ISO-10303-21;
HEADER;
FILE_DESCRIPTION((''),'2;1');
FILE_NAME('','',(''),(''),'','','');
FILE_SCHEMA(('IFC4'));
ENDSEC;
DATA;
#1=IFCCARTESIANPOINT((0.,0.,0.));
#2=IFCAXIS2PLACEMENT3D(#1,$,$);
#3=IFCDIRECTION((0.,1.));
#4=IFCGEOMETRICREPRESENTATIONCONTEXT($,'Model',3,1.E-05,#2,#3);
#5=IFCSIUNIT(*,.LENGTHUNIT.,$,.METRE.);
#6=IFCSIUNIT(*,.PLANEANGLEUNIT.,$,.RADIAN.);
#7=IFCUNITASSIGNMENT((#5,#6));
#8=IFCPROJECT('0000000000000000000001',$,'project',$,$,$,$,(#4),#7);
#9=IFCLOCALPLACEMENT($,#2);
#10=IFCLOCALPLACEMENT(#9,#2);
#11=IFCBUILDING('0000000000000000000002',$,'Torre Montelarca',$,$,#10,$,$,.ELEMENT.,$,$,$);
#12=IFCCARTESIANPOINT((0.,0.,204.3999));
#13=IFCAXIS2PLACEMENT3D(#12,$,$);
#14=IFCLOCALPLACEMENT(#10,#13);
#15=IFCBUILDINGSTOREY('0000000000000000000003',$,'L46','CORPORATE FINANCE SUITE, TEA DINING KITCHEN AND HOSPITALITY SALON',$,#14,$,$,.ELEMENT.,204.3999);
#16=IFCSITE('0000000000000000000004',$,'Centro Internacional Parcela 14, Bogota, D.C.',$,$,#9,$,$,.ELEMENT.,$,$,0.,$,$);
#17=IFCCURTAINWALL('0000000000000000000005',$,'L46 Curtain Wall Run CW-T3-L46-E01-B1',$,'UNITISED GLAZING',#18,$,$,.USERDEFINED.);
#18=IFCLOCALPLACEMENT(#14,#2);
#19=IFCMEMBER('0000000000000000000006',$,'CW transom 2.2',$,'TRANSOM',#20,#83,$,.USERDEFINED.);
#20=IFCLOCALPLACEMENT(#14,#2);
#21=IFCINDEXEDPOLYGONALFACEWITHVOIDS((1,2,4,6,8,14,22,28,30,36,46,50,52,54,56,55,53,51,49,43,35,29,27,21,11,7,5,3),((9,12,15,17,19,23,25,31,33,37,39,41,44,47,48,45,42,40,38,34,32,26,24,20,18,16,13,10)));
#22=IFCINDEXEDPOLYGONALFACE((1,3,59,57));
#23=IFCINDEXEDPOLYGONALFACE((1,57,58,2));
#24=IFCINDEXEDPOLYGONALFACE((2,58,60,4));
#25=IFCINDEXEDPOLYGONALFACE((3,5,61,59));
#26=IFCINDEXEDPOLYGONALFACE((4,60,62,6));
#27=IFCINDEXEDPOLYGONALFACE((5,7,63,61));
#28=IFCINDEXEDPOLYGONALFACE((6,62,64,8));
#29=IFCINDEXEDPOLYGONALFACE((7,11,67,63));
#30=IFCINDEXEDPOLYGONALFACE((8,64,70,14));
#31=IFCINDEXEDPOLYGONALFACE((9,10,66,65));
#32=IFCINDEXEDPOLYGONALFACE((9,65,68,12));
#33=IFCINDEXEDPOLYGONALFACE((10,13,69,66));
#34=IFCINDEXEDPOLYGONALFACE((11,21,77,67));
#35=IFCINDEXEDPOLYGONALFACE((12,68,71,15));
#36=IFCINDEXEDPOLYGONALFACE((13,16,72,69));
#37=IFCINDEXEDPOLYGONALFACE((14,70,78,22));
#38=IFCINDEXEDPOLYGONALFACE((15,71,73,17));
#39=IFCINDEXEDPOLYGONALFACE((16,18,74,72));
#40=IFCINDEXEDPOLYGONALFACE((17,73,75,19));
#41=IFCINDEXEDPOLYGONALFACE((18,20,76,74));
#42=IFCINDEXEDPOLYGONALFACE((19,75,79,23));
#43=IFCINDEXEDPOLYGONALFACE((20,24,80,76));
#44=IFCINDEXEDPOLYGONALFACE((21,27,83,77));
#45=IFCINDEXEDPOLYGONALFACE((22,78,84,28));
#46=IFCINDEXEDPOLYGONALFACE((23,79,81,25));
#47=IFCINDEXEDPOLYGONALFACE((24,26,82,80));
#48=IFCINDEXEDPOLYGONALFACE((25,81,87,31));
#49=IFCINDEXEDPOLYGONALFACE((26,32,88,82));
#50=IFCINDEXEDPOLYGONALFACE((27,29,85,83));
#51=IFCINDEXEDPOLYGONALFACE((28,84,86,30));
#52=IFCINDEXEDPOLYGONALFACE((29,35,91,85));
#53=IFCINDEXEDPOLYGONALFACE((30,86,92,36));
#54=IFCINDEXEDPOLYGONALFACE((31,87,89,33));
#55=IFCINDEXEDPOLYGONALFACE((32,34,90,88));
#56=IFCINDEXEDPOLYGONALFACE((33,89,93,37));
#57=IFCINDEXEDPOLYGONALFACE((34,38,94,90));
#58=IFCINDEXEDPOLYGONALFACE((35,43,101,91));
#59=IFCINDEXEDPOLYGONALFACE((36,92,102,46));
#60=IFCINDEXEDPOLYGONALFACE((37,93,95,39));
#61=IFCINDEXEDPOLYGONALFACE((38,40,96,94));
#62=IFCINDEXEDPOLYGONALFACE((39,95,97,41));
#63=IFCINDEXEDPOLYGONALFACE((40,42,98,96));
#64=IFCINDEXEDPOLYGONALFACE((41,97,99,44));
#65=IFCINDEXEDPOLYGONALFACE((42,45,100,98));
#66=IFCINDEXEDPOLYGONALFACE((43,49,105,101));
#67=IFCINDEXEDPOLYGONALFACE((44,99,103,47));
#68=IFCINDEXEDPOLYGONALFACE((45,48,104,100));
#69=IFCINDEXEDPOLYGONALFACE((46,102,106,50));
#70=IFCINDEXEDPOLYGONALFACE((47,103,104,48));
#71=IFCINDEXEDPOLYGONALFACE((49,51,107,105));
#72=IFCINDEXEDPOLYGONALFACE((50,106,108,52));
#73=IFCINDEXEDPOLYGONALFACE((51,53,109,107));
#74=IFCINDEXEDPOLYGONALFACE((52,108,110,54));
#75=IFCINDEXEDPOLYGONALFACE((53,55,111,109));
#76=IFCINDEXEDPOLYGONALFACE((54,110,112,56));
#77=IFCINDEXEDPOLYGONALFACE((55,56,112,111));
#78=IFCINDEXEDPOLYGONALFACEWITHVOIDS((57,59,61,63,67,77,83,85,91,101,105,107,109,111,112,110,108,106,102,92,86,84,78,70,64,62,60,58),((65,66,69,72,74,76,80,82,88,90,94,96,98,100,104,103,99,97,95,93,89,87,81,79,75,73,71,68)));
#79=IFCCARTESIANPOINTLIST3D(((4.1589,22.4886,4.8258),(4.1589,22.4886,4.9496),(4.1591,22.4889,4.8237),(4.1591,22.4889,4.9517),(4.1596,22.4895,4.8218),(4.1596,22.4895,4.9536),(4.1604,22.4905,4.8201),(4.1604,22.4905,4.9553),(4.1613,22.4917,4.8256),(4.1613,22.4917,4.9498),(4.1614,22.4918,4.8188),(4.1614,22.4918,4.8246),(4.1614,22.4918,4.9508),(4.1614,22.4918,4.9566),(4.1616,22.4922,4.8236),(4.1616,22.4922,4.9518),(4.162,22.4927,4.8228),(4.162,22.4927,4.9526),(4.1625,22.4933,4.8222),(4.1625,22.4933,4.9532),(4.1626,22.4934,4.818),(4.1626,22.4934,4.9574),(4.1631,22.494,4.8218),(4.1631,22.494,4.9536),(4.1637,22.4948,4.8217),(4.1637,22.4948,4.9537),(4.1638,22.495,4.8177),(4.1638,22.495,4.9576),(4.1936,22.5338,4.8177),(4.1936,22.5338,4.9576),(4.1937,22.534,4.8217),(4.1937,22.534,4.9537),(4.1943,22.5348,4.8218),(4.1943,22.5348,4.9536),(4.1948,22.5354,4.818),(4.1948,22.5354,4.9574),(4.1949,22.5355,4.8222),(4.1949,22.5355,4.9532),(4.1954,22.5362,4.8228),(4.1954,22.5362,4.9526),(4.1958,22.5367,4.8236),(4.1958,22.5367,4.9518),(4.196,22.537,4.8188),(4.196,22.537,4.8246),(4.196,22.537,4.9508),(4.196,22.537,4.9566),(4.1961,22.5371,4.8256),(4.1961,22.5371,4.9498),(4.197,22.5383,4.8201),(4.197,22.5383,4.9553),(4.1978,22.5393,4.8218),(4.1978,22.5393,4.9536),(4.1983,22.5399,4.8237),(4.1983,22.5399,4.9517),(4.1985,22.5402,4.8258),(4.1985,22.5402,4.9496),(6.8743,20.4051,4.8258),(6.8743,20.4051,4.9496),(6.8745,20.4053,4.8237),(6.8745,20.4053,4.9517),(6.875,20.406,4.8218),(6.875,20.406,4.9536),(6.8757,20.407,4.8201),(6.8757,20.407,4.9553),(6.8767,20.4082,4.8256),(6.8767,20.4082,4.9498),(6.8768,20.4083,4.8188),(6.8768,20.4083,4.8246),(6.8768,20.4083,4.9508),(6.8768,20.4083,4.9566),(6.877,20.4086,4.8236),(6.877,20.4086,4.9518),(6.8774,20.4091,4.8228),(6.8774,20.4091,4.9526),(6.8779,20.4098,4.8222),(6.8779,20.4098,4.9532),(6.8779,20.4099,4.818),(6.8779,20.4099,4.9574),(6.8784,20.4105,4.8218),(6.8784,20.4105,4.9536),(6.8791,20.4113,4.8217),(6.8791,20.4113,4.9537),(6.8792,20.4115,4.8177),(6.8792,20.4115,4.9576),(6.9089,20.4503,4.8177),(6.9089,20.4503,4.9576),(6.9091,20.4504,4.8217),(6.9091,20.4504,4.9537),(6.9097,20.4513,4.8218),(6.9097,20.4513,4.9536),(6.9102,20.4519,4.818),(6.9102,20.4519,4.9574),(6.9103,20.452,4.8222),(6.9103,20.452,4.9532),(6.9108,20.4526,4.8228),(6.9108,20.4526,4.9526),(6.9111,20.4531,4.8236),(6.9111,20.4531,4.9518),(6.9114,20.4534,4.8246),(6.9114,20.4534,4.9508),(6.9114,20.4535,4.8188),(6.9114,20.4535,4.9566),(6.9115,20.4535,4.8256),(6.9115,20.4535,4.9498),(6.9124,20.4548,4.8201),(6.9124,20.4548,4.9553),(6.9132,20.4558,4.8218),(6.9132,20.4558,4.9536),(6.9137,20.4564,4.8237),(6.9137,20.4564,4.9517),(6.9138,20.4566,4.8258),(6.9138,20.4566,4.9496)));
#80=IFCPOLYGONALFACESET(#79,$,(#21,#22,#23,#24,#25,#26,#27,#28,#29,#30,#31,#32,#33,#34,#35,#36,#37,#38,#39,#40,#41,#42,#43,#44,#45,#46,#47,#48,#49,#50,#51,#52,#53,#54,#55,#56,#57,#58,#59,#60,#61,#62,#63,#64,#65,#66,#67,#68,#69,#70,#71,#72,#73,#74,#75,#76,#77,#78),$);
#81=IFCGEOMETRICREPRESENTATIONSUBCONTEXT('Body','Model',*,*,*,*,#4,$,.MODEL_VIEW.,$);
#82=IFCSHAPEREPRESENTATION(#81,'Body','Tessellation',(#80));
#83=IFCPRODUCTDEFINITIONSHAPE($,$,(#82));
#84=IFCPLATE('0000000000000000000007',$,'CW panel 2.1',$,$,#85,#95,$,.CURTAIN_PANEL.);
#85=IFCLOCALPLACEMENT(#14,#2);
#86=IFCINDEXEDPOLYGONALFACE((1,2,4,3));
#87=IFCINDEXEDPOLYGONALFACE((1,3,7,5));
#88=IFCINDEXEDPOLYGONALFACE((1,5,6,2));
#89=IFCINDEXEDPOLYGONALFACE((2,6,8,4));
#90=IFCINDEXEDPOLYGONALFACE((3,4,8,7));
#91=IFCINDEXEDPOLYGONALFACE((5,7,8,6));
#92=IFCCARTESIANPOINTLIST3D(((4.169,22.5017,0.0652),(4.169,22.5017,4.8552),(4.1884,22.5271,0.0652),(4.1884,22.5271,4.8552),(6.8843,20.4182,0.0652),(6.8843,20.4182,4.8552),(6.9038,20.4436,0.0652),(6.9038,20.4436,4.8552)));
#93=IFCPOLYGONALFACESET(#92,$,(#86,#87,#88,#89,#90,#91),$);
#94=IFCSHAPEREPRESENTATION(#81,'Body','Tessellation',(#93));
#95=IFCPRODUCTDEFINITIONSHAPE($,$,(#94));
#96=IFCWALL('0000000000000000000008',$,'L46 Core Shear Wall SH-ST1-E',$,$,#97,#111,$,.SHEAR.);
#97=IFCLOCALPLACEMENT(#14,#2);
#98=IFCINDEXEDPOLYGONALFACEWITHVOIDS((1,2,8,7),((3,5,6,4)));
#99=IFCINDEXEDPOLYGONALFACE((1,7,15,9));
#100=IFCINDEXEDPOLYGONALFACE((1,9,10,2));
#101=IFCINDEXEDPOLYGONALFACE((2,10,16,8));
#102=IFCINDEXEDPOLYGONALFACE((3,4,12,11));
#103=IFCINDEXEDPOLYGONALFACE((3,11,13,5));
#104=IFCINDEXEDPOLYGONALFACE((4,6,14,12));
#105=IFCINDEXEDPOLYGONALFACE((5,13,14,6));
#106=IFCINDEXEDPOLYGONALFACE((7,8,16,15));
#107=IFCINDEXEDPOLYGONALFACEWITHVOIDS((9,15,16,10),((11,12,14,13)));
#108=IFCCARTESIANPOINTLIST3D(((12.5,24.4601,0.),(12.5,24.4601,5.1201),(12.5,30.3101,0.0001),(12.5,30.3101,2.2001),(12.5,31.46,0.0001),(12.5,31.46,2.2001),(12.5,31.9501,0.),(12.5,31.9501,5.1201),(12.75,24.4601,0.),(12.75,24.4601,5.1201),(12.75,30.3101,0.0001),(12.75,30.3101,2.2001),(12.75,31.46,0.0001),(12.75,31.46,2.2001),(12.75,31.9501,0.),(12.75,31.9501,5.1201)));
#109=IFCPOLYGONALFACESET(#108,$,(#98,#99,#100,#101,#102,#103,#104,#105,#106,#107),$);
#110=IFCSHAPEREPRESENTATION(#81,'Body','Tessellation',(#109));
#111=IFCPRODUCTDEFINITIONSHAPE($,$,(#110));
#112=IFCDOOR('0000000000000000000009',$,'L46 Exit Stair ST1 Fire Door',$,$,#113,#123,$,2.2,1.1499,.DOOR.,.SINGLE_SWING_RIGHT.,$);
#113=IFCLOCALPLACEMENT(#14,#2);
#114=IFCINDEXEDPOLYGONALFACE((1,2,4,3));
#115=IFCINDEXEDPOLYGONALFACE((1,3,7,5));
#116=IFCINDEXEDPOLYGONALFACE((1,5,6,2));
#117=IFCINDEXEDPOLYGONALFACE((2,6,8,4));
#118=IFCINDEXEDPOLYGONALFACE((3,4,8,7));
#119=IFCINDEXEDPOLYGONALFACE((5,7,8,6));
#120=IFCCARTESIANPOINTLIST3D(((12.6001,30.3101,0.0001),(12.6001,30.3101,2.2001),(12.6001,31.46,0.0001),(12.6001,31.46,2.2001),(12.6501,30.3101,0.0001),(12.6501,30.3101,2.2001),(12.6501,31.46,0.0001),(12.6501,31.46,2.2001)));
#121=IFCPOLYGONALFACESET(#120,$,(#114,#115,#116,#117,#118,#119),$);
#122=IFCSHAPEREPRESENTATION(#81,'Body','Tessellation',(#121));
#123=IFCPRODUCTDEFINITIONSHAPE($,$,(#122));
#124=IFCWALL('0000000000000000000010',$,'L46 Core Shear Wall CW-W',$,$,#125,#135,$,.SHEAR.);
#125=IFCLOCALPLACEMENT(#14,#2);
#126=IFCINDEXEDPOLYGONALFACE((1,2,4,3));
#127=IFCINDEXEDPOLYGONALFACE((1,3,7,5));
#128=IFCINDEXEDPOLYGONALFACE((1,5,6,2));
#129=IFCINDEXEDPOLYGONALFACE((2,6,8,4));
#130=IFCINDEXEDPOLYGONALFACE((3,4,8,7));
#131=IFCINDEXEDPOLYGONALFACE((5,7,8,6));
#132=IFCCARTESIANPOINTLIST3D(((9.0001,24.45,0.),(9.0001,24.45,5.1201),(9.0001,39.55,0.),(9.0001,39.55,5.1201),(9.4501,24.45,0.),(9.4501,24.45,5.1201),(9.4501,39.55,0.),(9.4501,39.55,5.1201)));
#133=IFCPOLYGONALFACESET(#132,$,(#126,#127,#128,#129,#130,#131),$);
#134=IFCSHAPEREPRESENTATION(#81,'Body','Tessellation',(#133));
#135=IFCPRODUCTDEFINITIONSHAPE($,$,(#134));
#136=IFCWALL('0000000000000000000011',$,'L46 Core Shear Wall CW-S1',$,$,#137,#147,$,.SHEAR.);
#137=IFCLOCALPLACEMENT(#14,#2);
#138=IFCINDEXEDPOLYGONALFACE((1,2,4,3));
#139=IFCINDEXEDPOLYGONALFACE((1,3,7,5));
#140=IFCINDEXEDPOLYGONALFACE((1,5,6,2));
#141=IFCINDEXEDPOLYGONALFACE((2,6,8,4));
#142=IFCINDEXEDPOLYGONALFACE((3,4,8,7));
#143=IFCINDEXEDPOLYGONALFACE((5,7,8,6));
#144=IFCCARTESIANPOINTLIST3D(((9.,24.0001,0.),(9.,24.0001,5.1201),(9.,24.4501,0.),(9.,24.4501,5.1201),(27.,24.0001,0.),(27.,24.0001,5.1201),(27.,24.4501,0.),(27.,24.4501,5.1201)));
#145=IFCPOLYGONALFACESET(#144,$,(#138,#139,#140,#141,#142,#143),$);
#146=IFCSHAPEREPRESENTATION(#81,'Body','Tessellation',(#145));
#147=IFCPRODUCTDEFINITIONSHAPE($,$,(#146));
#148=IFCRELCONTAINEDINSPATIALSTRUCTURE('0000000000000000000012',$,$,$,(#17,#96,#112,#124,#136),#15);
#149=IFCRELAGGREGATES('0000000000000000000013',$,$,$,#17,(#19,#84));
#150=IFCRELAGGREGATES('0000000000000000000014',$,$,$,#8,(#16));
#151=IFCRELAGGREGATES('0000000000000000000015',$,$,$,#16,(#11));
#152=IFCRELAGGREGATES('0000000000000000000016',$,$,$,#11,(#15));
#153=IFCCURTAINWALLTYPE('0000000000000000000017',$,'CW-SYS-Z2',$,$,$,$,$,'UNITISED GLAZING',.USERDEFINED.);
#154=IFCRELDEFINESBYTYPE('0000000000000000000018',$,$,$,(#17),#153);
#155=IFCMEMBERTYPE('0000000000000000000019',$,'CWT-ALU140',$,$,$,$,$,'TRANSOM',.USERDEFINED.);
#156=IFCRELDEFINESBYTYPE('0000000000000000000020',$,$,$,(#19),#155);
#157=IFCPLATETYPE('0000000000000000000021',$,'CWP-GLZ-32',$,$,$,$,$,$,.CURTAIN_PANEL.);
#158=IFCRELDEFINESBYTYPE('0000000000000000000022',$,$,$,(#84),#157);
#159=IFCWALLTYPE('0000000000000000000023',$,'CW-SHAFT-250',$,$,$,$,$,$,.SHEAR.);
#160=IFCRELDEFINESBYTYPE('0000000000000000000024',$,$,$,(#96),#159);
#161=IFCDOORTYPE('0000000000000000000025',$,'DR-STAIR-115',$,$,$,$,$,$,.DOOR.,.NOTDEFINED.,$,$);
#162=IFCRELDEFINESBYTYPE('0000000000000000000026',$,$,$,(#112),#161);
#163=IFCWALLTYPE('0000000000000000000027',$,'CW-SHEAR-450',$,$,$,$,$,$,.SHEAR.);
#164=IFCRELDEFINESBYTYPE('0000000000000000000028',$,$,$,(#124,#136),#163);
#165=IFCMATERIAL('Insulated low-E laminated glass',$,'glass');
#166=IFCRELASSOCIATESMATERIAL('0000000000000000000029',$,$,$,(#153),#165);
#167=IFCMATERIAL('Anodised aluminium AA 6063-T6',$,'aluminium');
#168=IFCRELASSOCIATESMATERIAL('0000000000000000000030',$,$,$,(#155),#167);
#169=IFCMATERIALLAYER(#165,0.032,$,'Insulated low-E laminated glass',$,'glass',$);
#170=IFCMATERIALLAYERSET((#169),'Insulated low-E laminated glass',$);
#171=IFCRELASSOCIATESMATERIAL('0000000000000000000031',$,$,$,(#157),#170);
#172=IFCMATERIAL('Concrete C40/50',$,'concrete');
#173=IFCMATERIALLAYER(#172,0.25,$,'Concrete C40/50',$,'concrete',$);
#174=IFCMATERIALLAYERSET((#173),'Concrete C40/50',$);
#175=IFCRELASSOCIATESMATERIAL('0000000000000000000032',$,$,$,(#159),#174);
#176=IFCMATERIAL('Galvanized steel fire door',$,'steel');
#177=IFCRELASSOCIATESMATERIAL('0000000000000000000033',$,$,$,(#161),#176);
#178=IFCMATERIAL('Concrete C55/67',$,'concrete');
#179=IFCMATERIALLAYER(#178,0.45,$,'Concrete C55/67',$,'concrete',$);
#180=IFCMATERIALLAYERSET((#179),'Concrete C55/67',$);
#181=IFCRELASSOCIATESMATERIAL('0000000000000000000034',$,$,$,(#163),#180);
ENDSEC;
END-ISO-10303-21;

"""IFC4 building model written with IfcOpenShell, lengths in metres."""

from ifc_helpers import new_model, si_unit, direction, frame, frame_2d, origin, origin_2d, place, context, subcontext, project, spatial, rectangle, hollow_rectangle, extrude, source, transform, mapped, material, layer, layer_set, material_profile, profile_set, type_object, element, fill, aggregate, save


model = new_model("IFC4")

# Units and contexts
model_context = context("Model", 3, precision=1e-05, world=origin(), true_north=direction((0.0, 1.0)))
body_context = subcontext(model_context, "Body", "Model", "MODEL_VIEW")
ifc_project = project(units=[si_unit("LENGTHUNIT", "METRE"), si_unit("PLANEANGLEUNIT", "RADIAN")], contexts=[model_context])

# Site, building, storey
site_placement = place(None, origin())
site = spatial("IfcSite", under=ifc_project, at=site_placement, Name="Centro Internacional Parcela 14, Bogota, D.C.", CompositionType="ELEMENT", RefElevation=0.0)
building_placement = place(site_placement, origin())
building = spatial("IfcBuilding", under=site, at=building_placement, Name="Torre Montelarca", CompositionType="ELEMENT")
storey_placement = place(building_placement, frame((0.0, 0.0, 204.3999)))
storey = spatial("IfcBuildingStorey", under=building, at=storey_placement, Name="L46", Description="CORPORATE FINANCE SUITE, TEA DINING KITCHEN AND HOSPITALITY SALON", CompositionType="ELEMENT", Elevation=204.3999)

# Shared definitions
ifc_material_1 = material(Name="Concrete C55/67", Category="concrete")

# Curtain wall, member, plate
ifc_material_2 = material(Name="Insulated low-E laminated glass", Category="glass")
curtain_wall_type = type_object("IfcCurtainWallType", Name="CW-SYS-Z2", ElementType="UNITISED GLAZING", PredefinedType="USERDEFINED", material=ifc_material_2)
curtain_wall_placement = place(storey_placement, origin())
curtain_wall = element("IfcCurtainWall", 1, at=curtain_wall_placement, inside=storey, type_object=curtain_wall_type, Name="L46 Curtain Wall Run CW-T3-L46-E01-B1", ObjectType="UNITISED GLAZING", PredefinedType="USERDEFINED")
ifc_material_3 = material(Name="Anodised aluminium AA 6063-T6", Category="aluminium")
ifc_material_profile_1 = material_profile(ifc_material_3, hollow_rectangle(XDim=0.0649, YDim=0.1399, WallThickness=0.0039, InnerFilletRadius=0.0039, OuterFilletRadius=0.0081, at=origin_2d()), Name="ALU65X140X4", Category="aluminium")
ifc_profile_set_1 = profile_set([ifc_material_profile_1], Name="Anodised aluminium AA 6063-T6")
member_type_1 = type_object("IfcMemberType", Name="CWT-ALU140", ElementType="TRANSOM", PredefinedType="USERDEFINED", material=ifc_profile_set_1)
shared_shape_1 = source(origin(), body_context, "Body", "SweptSolid", [
    extrude(hollow_rectangle(XDim=0.0649, YDim=0.1399, WallThickness=0.0039, InnerFilletRadius=0.0039, OuterFilletRadius=0.0081, at=origin_2d()), origin(), (0.0, 0.0, 1.0), 3.4226),
])
member_1_placement = place(storey_placement, frame((4.1787, 22.5144, 4.8877), z_axis=(0.793361, -0.608752, 0.0), x_axis=(0.608752, 0.793361, 0.0)))
member_1 = element("IfcMember", 2, at=member_1_placement, type_object=member_type_1, Name="CW transom 2.2", ObjectType="TRANSOM", PredefinedType="USERDEFINED", context=body_context, shape_type="MappedRepresentation", body=[
    mapped(shared_shape_1, transform((0.0, 0.0, 0.0), scale=1.0)),
])
ifc_layer_1 = layer(ifc_material_2, 0.032, Name="Insulated low-E laminated glass", Category="glass")
ifc_layer_set_1 = layer_set([ifc_layer_1], Name="Insulated low-E laminated glass")
plate_type = type_object("IfcPlateType", Name="CWP-GLZ-32", PredefinedType="CURTAIN_PANEL", material=ifc_layer_set_1)
shared_shape_2 = source(origin(), body_context, "Body", "SweptSolid", [
    extrude(rectangle(XDim=3.4226, YDim=0.032, at=origin_2d()), origin(), (0.0, 0.0, 1.0), 4.79),
])
plate_placement = place(storey_placement, frame((5.5364, 21.4727, 0.0652), z_axis=(0.0, 0.0, 1.0), x_axis=(0.793352, -0.608764, 0.0)))
plate = element("IfcPlate", 3, at=plate_placement, type_object=plate_type, Name="CW panel 2.1", PredefinedType="CURTAIN_PANEL", context=body_context, shape_type="MappedRepresentation", body=[
    mapped(shared_shape_2, transform((0.0, 0.0, 0.0), scale=1.0)),
])
aggregate(curtain_wall, [member_1, plate])

# Wall, opening, door
ifc_material_4 = material(Name="Concrete C40/50", Category="concrete")
ifc_layer_2 = layer(ifc_material_4, 0.25, Name="Concrete C40/50", Category="concrete")
ifc_layer_set_2 = layer_set([ifc_layer_2], Name="Concrete C40/50")
wall_type_1 = type_object("IfcWallType", Name="CW-SHAFT-250", PredefinedType="SHEAR", material=ifc_layer_set_2)
wall_1_placement = place(storey_placement, frame((12.625, 24.46, 0.0), z_axis=(0.0, 0.0, 1.0), x_axis=(0.0, 1.0, 0.0)))
wall_1 = element("IfcWall", 4, at=wall_1_placement, inside=storey, type_object=wall_type_1, Name="L46 Core Shear Wall SH-ST1-E", PredefinedType="SHEAR", context=body_context, shape_type="SweptSolid", body=[
    extrude(rectangle(XDim=7.49, YDim=0.25, at=frame_2d((3.7451, 0.0))), origin(), (0.0, 0.0, 1.0), 5.1201),
])
opening_1_placement = place(wall_1_placement, frame((5.8501, 0.0, 0.0)))
opening_1 = element("IfcOpeningElement", 5, at=opening_1_placement, cuts=wall_1, PredefinedType="OPENING", context=body_context, shape_type="SweptSolid", body=[
    extrude(rectangle(XDim=1.1499, YDim=2.2, at=frame_2d((0.575, 1.1001))), frame((0.0, 0.135, 0.0), z_axis=(0.0, -1.0, 0.0), x_axis=(1.0, 0.0, 0.0)), (0.0, 0.0, 1.0), 0.27),
])
ifc_material_5 = material(Name="Galvanized steel fire door", Category="steel")
door_type_1 = type_object("IfcDoorType", Name="DR-STAIR-115", OperationType="NOTDEFINED", PredefinedType="DOOR", material=ifc_material_5)
shared_shape_3 = source(origin(), body_context, "Body", "SweptSolid", [
    extrude(rectangle(XDim=1.1499, YDim=2.2, at=frame_2d((0.575, 1.1001))), frame((0.0, 0.0249, 0.0), z_axis=(0.0, -1.0, 0.0), x_axis=(1.0, 0.0, 0.0)), (0.0, 0.0, 1.0), 0.05),
])
door_1_placement = place(opening_1_placement, origin())
door_1 = element("IfcDoor", 6, at=door_1_placement, inside=storey, type_object=door_type_1, Name="L46 Exit Stair ST1 Fire Door", OperationType="SINGLE_SWING_RIGHT", OverallHeight=2.2, OverallWidth=1.1499, PredefinedType="DOOR", context=body_context, shape_type="MappedRepresentation", body=[
    mapped(shared_shape_3, transform((0.0, 0.0, 0.0), scale=1.0)),
])
fill(opening_1, door_1)

# Walls
ifc_layer_3 = layer(ifc_material_1, 0.45, Name="Concrete C55/67", Category="concrete")
ifc_layer_set_3 = layer_set([ifc_layer_3], Name="Concrete C55/67")
wall_type_2 = type_object("IfcWallType", Name="CW-SHEAR-450", PredefinedType="SHEAR", material=ifc_layer_set_3)
wall_2_placement = place(storey_placement, frame((9.2251, 24.45, 0.0), z_axis=(0.0, 0.0, 1.0), x_axis=(0.0, 1.0, 0.0)))
element("IfcWall", 7, at=wall_2_placement, inside=storey, type_object=wall_type_2, Name="L46 Core Shear Wall CW-W", PredefinedType="SHEAR", context=body_context, shape_type="SweptSolid", body=[
    extrude(rectangle(XDim=15.1001, YDim=0.45, at=frame_2d((7.55, 0.0))), origin(), (0.0, 0.0, 1.0), 5.1201),
])
wall_3_placement = place(storey_placement, frame((9.0, 24.2251, 0.0), z_axis=(0.0, 0.0, 1.0), x_axis=(1.0, 0.0, 0.0)))
element("IfcWall", 8, at=wall_3_placement, inside=storey, type_object=wall_type_2, Name="L46 Core Shear Wall CW-S1", PredefinedType="SHEAR", context=body_context, shape_type="SweptSolid", body=[
    extrude(rectangle(XDim=18.0, YDim=0.45, at=frame_2d((9.0, 0.0))), origin(), (0.0, 0.0, 1.0), 5.1201),
])

save(model, "model.ifc")
